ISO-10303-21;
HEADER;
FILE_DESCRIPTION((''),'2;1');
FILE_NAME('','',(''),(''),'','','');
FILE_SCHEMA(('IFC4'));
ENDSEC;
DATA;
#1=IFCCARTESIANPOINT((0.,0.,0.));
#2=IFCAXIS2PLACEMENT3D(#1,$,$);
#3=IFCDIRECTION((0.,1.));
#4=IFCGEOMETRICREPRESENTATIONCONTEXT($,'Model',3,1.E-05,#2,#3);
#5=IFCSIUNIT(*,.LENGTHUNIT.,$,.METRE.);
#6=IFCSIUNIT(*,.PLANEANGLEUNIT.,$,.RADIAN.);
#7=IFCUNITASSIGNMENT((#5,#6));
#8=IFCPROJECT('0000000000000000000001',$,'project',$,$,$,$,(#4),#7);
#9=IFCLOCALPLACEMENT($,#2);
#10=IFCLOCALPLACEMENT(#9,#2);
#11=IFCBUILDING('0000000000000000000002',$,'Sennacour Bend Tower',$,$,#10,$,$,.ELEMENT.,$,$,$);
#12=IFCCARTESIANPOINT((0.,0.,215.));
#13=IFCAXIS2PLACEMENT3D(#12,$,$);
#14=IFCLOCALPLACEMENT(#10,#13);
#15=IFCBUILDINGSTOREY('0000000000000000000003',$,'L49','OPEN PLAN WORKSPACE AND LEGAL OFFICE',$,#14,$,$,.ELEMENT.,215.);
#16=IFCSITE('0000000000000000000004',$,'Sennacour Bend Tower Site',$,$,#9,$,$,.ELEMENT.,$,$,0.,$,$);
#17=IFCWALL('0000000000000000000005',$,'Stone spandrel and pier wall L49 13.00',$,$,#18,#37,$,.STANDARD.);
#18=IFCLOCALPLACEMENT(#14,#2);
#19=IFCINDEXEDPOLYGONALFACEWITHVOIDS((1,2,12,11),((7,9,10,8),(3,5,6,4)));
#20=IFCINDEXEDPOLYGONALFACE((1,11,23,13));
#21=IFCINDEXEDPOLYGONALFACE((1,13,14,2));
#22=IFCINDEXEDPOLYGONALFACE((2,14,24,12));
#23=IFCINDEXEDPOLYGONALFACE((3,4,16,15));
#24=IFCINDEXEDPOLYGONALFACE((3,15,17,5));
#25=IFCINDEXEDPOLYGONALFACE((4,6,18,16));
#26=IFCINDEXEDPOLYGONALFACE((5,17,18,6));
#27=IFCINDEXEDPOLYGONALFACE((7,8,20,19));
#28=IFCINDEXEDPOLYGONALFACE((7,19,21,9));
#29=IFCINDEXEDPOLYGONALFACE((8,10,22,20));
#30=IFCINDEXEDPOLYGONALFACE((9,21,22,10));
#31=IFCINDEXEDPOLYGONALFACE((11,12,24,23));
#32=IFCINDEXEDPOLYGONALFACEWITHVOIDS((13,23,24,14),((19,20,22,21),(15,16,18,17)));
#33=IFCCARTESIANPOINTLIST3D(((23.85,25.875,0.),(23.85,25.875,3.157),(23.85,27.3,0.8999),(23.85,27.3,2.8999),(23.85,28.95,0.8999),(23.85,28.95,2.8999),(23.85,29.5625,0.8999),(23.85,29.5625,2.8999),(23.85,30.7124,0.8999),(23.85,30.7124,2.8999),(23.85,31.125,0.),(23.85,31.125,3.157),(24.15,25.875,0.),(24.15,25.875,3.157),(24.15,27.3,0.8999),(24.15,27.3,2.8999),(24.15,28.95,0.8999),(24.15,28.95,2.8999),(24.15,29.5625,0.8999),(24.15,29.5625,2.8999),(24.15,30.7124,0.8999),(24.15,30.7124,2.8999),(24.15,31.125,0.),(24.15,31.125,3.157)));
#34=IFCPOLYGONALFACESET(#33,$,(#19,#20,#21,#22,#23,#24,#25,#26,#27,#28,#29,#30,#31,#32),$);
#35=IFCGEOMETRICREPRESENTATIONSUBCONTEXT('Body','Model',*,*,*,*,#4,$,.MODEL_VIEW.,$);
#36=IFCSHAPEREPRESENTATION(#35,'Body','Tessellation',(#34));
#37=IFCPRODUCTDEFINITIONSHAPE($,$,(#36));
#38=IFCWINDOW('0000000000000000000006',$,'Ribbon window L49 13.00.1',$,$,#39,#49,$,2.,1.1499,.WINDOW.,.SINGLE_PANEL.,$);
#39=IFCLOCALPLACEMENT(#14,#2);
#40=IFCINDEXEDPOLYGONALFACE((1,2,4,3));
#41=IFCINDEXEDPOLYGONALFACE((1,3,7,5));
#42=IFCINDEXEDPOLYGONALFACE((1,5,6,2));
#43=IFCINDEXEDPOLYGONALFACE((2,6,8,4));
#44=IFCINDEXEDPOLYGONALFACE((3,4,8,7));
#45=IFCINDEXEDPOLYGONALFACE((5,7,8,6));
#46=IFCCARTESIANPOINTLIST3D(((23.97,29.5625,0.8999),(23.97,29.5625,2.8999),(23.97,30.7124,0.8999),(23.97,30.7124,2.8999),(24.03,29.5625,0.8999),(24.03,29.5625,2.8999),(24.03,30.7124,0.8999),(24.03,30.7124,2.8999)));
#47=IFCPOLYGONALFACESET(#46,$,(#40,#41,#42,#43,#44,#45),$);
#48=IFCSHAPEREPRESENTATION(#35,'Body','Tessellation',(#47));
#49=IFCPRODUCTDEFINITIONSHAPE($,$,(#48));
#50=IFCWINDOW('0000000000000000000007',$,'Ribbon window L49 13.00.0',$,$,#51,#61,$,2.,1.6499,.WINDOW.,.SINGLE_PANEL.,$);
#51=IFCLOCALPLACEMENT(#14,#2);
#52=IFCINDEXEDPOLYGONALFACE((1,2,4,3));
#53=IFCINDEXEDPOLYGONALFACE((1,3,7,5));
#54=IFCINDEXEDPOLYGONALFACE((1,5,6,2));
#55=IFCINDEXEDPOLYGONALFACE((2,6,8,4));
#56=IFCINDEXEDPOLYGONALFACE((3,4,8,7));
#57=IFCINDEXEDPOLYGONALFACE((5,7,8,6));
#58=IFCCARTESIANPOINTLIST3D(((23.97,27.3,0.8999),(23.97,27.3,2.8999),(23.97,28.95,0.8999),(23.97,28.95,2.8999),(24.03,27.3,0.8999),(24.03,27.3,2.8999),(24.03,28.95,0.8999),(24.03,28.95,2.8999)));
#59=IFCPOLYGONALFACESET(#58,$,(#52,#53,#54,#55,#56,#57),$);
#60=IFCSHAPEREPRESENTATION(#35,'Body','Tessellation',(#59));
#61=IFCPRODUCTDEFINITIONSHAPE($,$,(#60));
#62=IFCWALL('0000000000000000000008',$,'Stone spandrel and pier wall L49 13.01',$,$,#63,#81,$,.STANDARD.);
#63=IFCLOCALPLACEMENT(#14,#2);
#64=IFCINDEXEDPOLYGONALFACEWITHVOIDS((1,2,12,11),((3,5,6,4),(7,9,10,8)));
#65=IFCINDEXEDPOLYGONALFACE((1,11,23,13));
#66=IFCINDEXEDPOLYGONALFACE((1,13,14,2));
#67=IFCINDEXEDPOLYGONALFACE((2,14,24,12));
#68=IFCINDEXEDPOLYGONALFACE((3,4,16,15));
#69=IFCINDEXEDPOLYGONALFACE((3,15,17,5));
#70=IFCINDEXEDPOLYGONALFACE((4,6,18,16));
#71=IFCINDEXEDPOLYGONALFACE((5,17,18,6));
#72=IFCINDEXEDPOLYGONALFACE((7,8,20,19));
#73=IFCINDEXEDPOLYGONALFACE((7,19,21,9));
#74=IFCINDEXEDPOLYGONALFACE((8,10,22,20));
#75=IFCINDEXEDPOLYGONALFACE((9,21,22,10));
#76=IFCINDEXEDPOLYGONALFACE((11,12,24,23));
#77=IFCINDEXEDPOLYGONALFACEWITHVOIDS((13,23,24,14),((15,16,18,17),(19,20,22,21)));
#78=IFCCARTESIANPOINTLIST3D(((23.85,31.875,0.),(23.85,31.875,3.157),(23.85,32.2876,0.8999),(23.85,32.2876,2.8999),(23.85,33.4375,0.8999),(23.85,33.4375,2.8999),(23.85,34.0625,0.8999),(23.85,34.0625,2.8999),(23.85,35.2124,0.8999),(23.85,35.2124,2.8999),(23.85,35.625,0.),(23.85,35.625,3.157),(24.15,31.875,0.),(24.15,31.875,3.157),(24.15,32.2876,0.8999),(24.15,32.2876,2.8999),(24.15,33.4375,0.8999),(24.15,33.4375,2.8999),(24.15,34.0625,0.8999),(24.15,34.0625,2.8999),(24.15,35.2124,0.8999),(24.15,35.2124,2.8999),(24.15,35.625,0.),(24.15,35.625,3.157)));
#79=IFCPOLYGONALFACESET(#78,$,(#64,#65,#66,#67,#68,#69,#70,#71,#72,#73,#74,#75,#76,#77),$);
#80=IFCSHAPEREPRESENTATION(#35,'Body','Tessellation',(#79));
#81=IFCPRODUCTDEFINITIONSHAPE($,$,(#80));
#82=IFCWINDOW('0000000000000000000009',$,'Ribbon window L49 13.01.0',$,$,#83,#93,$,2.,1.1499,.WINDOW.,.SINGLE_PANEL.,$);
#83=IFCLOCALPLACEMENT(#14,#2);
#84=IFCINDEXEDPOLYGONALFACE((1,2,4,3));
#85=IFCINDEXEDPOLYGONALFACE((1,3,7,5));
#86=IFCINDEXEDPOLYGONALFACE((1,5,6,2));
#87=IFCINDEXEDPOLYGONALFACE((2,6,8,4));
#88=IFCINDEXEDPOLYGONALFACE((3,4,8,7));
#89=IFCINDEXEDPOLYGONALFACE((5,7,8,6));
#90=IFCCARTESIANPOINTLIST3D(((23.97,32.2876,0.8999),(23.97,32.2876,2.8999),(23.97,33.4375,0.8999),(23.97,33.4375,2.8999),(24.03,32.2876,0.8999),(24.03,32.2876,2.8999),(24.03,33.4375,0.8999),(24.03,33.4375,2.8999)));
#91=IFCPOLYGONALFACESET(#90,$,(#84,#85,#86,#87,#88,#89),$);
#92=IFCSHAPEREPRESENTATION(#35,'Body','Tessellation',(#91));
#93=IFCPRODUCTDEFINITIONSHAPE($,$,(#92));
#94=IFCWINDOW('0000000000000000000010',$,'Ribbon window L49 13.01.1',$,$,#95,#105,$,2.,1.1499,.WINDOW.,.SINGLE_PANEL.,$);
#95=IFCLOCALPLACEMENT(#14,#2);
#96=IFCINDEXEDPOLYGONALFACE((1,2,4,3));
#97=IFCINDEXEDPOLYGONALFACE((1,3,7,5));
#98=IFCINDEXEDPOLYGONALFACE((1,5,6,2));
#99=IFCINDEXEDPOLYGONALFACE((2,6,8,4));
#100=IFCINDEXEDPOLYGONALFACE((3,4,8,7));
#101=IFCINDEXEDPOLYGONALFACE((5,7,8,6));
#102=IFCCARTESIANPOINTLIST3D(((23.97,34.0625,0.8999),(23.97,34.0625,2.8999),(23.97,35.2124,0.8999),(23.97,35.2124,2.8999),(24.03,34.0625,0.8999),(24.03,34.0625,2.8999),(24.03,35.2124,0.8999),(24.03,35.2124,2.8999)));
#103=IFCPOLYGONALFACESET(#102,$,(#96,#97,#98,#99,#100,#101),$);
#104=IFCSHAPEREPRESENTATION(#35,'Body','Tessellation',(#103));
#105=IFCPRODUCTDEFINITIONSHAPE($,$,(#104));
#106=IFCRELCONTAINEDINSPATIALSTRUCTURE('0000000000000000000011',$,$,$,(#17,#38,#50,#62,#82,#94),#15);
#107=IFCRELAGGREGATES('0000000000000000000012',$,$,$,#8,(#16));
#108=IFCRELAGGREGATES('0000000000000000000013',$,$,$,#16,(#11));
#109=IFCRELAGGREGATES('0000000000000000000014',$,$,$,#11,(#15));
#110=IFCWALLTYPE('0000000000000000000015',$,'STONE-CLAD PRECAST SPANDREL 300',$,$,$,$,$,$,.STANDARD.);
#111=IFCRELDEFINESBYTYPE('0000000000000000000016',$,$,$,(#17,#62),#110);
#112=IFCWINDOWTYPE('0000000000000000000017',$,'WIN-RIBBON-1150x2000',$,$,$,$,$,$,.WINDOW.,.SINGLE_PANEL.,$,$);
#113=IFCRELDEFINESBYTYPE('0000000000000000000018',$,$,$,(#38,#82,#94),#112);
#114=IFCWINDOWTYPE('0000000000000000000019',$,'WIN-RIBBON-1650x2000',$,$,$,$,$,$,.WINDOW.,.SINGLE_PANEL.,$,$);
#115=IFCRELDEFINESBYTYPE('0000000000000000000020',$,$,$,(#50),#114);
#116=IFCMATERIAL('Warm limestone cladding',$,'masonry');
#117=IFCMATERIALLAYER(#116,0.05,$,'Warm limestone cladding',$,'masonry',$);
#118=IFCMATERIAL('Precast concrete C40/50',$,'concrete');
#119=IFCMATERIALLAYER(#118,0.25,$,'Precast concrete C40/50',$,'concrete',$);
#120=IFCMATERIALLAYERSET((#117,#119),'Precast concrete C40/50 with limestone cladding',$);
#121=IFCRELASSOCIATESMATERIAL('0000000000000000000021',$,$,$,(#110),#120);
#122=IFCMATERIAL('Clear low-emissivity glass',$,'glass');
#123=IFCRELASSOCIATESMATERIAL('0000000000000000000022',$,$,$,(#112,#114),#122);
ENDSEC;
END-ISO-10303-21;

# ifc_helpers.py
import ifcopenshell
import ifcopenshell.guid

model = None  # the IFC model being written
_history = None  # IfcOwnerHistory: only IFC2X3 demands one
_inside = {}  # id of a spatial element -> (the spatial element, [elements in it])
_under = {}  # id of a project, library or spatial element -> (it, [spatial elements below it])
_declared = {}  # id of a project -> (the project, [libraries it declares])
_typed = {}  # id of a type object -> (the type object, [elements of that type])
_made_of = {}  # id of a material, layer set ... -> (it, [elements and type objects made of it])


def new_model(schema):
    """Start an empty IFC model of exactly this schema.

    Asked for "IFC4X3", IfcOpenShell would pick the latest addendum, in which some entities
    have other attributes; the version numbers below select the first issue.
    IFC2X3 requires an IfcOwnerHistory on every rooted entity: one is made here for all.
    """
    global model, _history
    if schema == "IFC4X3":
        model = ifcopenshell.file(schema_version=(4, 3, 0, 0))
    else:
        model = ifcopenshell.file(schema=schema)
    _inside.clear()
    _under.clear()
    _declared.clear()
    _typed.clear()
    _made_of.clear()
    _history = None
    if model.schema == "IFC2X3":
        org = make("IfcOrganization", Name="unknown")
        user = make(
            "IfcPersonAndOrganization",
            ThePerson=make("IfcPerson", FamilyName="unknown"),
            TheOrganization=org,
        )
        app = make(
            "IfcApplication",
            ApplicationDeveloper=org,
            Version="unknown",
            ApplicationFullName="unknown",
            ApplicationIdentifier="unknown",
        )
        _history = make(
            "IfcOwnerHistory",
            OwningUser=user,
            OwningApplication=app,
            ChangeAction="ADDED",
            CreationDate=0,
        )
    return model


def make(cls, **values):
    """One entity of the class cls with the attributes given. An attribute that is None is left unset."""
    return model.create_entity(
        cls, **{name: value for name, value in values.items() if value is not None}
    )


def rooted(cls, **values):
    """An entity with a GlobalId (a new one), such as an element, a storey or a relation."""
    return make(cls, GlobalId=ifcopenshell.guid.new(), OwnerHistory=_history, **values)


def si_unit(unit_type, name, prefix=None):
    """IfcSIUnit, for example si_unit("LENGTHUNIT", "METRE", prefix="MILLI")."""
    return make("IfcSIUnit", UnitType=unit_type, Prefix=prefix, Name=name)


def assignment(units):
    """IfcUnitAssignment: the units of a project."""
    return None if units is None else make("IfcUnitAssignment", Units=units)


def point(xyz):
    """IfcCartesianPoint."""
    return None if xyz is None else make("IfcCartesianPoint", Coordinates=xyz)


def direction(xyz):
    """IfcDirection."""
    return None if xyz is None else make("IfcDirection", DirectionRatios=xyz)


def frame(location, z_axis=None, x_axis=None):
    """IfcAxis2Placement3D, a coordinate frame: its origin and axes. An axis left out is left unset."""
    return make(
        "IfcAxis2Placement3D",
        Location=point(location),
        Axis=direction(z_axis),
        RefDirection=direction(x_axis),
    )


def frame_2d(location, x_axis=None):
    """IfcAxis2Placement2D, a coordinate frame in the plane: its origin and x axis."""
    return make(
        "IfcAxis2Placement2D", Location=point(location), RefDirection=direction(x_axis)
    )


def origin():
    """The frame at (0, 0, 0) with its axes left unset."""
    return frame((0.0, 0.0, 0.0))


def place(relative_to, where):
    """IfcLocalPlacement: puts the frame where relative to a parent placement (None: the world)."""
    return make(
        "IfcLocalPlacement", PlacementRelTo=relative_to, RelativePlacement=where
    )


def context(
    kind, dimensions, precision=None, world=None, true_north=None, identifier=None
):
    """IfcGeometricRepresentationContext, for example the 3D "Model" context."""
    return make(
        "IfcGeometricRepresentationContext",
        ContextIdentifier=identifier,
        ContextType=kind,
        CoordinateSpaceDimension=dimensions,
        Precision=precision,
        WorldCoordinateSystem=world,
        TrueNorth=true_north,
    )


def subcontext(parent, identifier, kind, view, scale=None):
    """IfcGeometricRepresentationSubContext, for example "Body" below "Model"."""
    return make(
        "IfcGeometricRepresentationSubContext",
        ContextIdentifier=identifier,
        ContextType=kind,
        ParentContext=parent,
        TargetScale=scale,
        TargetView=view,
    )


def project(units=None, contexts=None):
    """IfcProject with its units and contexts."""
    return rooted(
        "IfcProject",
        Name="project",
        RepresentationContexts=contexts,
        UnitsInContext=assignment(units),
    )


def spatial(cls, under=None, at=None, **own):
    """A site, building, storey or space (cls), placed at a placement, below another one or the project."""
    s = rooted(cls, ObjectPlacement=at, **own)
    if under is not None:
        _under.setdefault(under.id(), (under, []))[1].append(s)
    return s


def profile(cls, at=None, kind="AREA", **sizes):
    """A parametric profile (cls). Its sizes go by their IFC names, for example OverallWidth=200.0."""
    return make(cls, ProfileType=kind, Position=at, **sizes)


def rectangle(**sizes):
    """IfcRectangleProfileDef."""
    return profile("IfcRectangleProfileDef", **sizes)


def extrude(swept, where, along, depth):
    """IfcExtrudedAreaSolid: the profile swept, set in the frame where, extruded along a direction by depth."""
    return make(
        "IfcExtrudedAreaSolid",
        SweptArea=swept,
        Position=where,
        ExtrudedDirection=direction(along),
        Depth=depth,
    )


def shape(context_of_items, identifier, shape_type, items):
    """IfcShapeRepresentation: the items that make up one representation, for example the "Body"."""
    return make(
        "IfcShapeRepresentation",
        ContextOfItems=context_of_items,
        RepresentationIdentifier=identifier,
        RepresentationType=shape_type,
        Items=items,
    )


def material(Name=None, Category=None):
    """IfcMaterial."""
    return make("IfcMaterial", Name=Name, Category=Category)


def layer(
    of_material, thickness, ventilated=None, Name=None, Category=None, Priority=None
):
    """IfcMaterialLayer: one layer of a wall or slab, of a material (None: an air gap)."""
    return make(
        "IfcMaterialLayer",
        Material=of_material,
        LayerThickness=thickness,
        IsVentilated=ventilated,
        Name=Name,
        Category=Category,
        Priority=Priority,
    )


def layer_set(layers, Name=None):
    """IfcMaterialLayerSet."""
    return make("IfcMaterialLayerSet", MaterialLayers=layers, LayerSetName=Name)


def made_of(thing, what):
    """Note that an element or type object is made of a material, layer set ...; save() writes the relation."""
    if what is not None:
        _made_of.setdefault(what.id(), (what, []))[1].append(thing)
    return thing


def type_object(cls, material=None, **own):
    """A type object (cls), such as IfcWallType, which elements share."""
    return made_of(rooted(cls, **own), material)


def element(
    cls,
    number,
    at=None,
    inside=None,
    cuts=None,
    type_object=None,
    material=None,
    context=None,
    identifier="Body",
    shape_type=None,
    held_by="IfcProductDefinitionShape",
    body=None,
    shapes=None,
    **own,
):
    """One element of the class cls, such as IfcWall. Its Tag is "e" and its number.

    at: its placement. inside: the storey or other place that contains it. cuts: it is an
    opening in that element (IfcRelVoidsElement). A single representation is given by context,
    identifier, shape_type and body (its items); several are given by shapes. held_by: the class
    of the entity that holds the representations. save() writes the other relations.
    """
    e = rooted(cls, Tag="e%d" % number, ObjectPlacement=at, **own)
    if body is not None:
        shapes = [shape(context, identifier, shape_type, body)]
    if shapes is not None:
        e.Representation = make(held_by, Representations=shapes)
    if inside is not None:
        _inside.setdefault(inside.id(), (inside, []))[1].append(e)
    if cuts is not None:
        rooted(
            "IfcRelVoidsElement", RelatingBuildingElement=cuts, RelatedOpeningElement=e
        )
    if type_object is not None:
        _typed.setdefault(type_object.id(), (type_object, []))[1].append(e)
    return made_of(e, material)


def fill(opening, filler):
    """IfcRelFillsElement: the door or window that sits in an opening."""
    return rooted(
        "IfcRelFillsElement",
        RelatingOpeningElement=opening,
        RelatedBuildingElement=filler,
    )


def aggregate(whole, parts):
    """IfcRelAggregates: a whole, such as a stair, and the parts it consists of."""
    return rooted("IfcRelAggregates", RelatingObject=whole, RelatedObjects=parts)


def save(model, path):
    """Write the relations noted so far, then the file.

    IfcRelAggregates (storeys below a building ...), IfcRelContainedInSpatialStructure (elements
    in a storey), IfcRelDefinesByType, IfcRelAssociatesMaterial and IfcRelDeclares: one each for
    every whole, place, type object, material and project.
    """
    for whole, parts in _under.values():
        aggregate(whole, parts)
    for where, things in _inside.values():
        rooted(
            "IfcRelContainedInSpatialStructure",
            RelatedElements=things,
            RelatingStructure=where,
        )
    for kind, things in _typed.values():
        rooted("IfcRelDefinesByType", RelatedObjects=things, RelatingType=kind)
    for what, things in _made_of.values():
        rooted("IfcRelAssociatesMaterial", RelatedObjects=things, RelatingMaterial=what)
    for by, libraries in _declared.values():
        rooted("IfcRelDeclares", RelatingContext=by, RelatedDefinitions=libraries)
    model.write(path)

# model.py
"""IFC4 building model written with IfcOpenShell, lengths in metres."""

from ifc_helpers import new_model, si_unit, direction, frame, frame_2d, origin, place, context, subcontext, project, spatial, rectangle, extrude, material, layer, layer_set, type_object, element, fill, save


model = new_model("IFC4")

# Units and contexts
model_context = context("Model", 3, precision=1e-05, world=origin(), true_north=direction((0.0, 1.0)))
body_context = subcontext(model_context, "Body", "Model", "MODEL_VIEW")
ifc_project = project(units=[si_unit("LENGTHUNIT", "METRE"), si_unit("PLANEANGLEUNIT", "RADIAN")], contexts=[model_context])

# Site, building, storey
site_placement = place(None, origin())
site = spatial("IfcSite", under=ifc_project, at=site_placement, Name="Sennacour Bend Tower Site", CompositionType="ELEMENT", RefElevation=0.0)
building_placement = place(site_placement, origin())
building = spatial("IfcBuilding", under=site, at=building_placement, Name="Sennacour Bend Tower", CompositionType="ELEMENT")
storey_placement = place(building_placement, frame((0.0, 0.0, 215.0)))
storey = spatial("IfcBuildingStorey", under=building, at=storey_placement, Name="L49", Description="OPEN PLAN WORKSPACE AND LEGAL OFFICE", CompositionType="ELEMENT", Elevation=215.0)

# Shared definitions
ifc_material_1 = material(Name="Warm limestone cladding", Category="masonry")
ifc_layer_1 = layer(ifc_material_1, 0.05, Name="Warm limestone cladding", Category="masonry")
ifc_material_2 = material(Name="Precast concrete C40/50", Category="concrete")
ifc_layer_2 = layer(ifc_material_2, 0.25, Name="Precast concrete C40/50", Category="concrete")
ifc_layer_set = layer_set([ifc_layer_1, ifc_layer_2], Name="Precast concrete C40/50 with limestone cladding")
wall_type = type_object("IfcWallType", Name="STONE-CLAD PRECAST SPANDREL 300", PredefinedType="STANDARD", material=ifc_layer_set)
ifc_material_3 = material(Name="Clear low-emissivity glass", Category="glass")

# Walls, openings, windows
wall_1_placement = place(storey_placement, frame((24.0, 25.875, 0.0), z_axis=(0.0, 0.0, 1.0), x_axis=(0.0, 1.0, 0.0)))
wall_1 = element("IfcWall", 1, at=wall_1_placement, inside=storey, type_object=wall_type, Name="Stone spandrel and pier wall L49 13.00", PredefinedType="STANDARD", context=body_context, shape_type="SweptSolid", body=[
    extrude(rectangle(XDim=5.25, YDim=0.3, at=frame_2d((2.625, 0.0))), origin(), (0.0, 0.0, 1.0), 3.157),
])
opening_1_placement = place(wall_1_placement, frame((1.425, 0.0, 0.8999)))
opening_1 = element("IfcOpeningElement", 2, at=opening_1_placement, cuts=wall_1, PredefinedType="OPENING", context=body_context, shape_type="SweptSolid", body=[
    extrude(rectangle(XDim=1.6499, YDim=2.0, at=frame_2d((0.825, 1.0))), frame((0.0, 0.1602, 0.0), z_axis=(0.0, -1.0, 0.0), x_axis=(1.0, 0.0, 0.0)), (0.0, 0.0, 1.0), 0.3201),
])
opening_2_placement = place(wall_1_placement, frame((3.6875, 0.0, 0.8999)))
opening_2 = element("IfcOpeningElement", 3, at=opening_2_placement, cuts=wall_1, PredefinedType="OPENING", context=body_context, shape_type="SweptSolid", body=[
    extrude(rectangle(XDim=1.1499, YDim=2.0, at=frame_2d((0.575, 1.0))), frame((0.0, 0.1602, 0.0), z_axis=(0.0, -1.0, 0.0), x_axis=(1.0, 0.0, 0.0)), (0.0, 0.0, 1.0), 0.3201),
])
window_type_1 = type_object("IfcWindowType", Name="WIN-RIBBON-1150x2000", PartitioningType="SINGLE_PANEL", PredefinedType="WINDOW", material=ifc_material_3)
window_1_placement = place(opening_2_placement, origin())
window_1 = element("IfcWindow", 4, at=window_1_placement, inside=storey, type_object=window_type_1, Name="Ribbon window L49 13.00.1", OverallHeight=2.0, OverallWidth=1.1499, PartitioningType="SINGLE_PANEL", PredefinedType="WINDOW", context=body_context, shape_type="SweptSolid", body=[
    extrude(rectangle(XDim=1.1499, YDim=2.0, at=frame_2d((0.575, 1.0))), frame((0.0, 0.03, 0.0), z_axis=(0.0, -1.0, 0.0), x_axis=(1.0, 0.0, 0.0)), (0.0, 0.0, 1.0), 0.0601),
])
fill(opening_2, window_1)
window_type_2 = type_object("IfcWindowType", Name="WIN-RIBBON-1650x2000", PartitioningType="SINGLE_PANEL", PredefinedType="WINDOW", material=ifc_material_3)
window_2_placement = place(opening_1_placement, origin())
window_2 = element("IfcWindow", 5, at=window_2_placement, inside=storey, type_object=window_type_2, Name="Ribbon window L49 13.00.0", OverallHeight=2.0, OverallWidth=1.6499, PartitioningType="SINGLE_PANEL", PredefinedType="WINDOW", context=body_context, shape_type="SweptSolid", body=[
    extrude(rectangle(XDim=1.6499, YDim=2.0, at=frame_2d((0.825, 1.0))), frame((0.0, 0.03, 0.0), z_axis=(0.0, -1.0, 0.0), x_axis=(1.0, 0.0, 0.0)), (0.0, 0.0, 1.0), 0.0601),
])
fill(opening_1, window_2)
wall_2_placement = place(storey_placement, frame((24.0, 31.875, 0.0), z_axis=(0.0, 0.0, 1.0), x_axis=(0.0, 1.0, 0.0)))
wall_2 = element("IfcWall", 6, at=wall_2_placement, inside=storey, type_object=wall_type, Name="Stone spandrel and pier wall L49 13.01", PredefinedType="STANDARD", context=body_context, shape_type="SweptSolid", body=[
    extrude(rectangle(XDim=3.75, YDim=0.3, at=frame_2d((1.875, 0.0))), origin(), (0.0, 0.0, 1.0), 3.157),
])
opening_3_placement = place(wall_2_placement, frame((0.4126, 0.0, 0.8999)))
opening_3 = element("IfcOpeningElement", 7, at=opening_3_placement, cuts=wall_2, PredefinedType="OPENING", context=body_context, shape_type="SweptSolid", body=[
    extrude(rectangle(XDim=1.1499, YDim=2.0, at=frame_2d((0.575, 1.0))), frame((0.0, 0.1602, 0.0), z_axis=(0.0, -1.0, 0.0), x_axis=(1.0, 0.0, 0.0)), (0.0, 0.0, 1.0), 0.3201),
])
opening_4_placement = place(wall_2_placement, frame((2.1875, 0.0, 0.8999)))
opening_4 = element("IfcOpeningElement", 8, at=opening_4_placement, cuts=wall_2, PredefinedType="OPENING", context=body_context, shape_type="SweptSolid", body=[
    extrude(rectangle(XDim=1.1499, YDim=2.0, at=frame_2d((0.575, 1.0))), frame((0.0, 0.1602, 0.0), z_axis=(0.0, -1.0, 0.0), x_axis=(1.0, 0.0, 0.0)), (0.0, 0.0, 1.0), 0.3201),
])
window_3_placement = place(opening_3_placement, origin())
window_3 = element("IfcWindow", 9, at=window_3_placement, inside=storey, type_object=window_type_1, Name="Ribbon window L49 13.01.0", OverallHeight=2.0, OverallWidth=1.1499, PartitioningType="SINGLE_PANEL", PredefinedType="WINDOW", context=body_context, shape_type="SweptSolid", body=[
    extrude(rectangle(XDim=1.1499, YDim=2.0, at=frame_2d((0.575, 1.0))), frame((0.0, 0.03, 0.0), z_axis=(0.0, -1.0, 0.0), x_axis=(1.0, 0.0, 0.0)), (0.0, 0.0, 1.0), 0.0601),
])
fill(opening_3, window_3)
window_4_placement = place(opening_4_placement, origin())
window_4 = element("IfcWindow", 10, at=window_4_placement, inside=storey, type_object=window_type_1, Name="Ribbon window L49 13.01.1", OverallHeight=2.0, OverallWidth=1.1499, PartitioningType="SINGLE_PANEL", PredefinedType="WINDOW", context=body_context, shape_type="SweptSolid", body=[
    extrude(rectangle(XDim=1.1499, YDim=2.0, at=frame_2d((0.575, 1.0))), frame((0.0, 0.03, 0.0), z_axis=(0.0, -1.0, 0.0), x_axis=(1.0, 0.0, 0.0)), (0.0, 0.0, 1.0), 0.0601),
])
fill(opening_4, window_4)

save(model, "model.ifc")
